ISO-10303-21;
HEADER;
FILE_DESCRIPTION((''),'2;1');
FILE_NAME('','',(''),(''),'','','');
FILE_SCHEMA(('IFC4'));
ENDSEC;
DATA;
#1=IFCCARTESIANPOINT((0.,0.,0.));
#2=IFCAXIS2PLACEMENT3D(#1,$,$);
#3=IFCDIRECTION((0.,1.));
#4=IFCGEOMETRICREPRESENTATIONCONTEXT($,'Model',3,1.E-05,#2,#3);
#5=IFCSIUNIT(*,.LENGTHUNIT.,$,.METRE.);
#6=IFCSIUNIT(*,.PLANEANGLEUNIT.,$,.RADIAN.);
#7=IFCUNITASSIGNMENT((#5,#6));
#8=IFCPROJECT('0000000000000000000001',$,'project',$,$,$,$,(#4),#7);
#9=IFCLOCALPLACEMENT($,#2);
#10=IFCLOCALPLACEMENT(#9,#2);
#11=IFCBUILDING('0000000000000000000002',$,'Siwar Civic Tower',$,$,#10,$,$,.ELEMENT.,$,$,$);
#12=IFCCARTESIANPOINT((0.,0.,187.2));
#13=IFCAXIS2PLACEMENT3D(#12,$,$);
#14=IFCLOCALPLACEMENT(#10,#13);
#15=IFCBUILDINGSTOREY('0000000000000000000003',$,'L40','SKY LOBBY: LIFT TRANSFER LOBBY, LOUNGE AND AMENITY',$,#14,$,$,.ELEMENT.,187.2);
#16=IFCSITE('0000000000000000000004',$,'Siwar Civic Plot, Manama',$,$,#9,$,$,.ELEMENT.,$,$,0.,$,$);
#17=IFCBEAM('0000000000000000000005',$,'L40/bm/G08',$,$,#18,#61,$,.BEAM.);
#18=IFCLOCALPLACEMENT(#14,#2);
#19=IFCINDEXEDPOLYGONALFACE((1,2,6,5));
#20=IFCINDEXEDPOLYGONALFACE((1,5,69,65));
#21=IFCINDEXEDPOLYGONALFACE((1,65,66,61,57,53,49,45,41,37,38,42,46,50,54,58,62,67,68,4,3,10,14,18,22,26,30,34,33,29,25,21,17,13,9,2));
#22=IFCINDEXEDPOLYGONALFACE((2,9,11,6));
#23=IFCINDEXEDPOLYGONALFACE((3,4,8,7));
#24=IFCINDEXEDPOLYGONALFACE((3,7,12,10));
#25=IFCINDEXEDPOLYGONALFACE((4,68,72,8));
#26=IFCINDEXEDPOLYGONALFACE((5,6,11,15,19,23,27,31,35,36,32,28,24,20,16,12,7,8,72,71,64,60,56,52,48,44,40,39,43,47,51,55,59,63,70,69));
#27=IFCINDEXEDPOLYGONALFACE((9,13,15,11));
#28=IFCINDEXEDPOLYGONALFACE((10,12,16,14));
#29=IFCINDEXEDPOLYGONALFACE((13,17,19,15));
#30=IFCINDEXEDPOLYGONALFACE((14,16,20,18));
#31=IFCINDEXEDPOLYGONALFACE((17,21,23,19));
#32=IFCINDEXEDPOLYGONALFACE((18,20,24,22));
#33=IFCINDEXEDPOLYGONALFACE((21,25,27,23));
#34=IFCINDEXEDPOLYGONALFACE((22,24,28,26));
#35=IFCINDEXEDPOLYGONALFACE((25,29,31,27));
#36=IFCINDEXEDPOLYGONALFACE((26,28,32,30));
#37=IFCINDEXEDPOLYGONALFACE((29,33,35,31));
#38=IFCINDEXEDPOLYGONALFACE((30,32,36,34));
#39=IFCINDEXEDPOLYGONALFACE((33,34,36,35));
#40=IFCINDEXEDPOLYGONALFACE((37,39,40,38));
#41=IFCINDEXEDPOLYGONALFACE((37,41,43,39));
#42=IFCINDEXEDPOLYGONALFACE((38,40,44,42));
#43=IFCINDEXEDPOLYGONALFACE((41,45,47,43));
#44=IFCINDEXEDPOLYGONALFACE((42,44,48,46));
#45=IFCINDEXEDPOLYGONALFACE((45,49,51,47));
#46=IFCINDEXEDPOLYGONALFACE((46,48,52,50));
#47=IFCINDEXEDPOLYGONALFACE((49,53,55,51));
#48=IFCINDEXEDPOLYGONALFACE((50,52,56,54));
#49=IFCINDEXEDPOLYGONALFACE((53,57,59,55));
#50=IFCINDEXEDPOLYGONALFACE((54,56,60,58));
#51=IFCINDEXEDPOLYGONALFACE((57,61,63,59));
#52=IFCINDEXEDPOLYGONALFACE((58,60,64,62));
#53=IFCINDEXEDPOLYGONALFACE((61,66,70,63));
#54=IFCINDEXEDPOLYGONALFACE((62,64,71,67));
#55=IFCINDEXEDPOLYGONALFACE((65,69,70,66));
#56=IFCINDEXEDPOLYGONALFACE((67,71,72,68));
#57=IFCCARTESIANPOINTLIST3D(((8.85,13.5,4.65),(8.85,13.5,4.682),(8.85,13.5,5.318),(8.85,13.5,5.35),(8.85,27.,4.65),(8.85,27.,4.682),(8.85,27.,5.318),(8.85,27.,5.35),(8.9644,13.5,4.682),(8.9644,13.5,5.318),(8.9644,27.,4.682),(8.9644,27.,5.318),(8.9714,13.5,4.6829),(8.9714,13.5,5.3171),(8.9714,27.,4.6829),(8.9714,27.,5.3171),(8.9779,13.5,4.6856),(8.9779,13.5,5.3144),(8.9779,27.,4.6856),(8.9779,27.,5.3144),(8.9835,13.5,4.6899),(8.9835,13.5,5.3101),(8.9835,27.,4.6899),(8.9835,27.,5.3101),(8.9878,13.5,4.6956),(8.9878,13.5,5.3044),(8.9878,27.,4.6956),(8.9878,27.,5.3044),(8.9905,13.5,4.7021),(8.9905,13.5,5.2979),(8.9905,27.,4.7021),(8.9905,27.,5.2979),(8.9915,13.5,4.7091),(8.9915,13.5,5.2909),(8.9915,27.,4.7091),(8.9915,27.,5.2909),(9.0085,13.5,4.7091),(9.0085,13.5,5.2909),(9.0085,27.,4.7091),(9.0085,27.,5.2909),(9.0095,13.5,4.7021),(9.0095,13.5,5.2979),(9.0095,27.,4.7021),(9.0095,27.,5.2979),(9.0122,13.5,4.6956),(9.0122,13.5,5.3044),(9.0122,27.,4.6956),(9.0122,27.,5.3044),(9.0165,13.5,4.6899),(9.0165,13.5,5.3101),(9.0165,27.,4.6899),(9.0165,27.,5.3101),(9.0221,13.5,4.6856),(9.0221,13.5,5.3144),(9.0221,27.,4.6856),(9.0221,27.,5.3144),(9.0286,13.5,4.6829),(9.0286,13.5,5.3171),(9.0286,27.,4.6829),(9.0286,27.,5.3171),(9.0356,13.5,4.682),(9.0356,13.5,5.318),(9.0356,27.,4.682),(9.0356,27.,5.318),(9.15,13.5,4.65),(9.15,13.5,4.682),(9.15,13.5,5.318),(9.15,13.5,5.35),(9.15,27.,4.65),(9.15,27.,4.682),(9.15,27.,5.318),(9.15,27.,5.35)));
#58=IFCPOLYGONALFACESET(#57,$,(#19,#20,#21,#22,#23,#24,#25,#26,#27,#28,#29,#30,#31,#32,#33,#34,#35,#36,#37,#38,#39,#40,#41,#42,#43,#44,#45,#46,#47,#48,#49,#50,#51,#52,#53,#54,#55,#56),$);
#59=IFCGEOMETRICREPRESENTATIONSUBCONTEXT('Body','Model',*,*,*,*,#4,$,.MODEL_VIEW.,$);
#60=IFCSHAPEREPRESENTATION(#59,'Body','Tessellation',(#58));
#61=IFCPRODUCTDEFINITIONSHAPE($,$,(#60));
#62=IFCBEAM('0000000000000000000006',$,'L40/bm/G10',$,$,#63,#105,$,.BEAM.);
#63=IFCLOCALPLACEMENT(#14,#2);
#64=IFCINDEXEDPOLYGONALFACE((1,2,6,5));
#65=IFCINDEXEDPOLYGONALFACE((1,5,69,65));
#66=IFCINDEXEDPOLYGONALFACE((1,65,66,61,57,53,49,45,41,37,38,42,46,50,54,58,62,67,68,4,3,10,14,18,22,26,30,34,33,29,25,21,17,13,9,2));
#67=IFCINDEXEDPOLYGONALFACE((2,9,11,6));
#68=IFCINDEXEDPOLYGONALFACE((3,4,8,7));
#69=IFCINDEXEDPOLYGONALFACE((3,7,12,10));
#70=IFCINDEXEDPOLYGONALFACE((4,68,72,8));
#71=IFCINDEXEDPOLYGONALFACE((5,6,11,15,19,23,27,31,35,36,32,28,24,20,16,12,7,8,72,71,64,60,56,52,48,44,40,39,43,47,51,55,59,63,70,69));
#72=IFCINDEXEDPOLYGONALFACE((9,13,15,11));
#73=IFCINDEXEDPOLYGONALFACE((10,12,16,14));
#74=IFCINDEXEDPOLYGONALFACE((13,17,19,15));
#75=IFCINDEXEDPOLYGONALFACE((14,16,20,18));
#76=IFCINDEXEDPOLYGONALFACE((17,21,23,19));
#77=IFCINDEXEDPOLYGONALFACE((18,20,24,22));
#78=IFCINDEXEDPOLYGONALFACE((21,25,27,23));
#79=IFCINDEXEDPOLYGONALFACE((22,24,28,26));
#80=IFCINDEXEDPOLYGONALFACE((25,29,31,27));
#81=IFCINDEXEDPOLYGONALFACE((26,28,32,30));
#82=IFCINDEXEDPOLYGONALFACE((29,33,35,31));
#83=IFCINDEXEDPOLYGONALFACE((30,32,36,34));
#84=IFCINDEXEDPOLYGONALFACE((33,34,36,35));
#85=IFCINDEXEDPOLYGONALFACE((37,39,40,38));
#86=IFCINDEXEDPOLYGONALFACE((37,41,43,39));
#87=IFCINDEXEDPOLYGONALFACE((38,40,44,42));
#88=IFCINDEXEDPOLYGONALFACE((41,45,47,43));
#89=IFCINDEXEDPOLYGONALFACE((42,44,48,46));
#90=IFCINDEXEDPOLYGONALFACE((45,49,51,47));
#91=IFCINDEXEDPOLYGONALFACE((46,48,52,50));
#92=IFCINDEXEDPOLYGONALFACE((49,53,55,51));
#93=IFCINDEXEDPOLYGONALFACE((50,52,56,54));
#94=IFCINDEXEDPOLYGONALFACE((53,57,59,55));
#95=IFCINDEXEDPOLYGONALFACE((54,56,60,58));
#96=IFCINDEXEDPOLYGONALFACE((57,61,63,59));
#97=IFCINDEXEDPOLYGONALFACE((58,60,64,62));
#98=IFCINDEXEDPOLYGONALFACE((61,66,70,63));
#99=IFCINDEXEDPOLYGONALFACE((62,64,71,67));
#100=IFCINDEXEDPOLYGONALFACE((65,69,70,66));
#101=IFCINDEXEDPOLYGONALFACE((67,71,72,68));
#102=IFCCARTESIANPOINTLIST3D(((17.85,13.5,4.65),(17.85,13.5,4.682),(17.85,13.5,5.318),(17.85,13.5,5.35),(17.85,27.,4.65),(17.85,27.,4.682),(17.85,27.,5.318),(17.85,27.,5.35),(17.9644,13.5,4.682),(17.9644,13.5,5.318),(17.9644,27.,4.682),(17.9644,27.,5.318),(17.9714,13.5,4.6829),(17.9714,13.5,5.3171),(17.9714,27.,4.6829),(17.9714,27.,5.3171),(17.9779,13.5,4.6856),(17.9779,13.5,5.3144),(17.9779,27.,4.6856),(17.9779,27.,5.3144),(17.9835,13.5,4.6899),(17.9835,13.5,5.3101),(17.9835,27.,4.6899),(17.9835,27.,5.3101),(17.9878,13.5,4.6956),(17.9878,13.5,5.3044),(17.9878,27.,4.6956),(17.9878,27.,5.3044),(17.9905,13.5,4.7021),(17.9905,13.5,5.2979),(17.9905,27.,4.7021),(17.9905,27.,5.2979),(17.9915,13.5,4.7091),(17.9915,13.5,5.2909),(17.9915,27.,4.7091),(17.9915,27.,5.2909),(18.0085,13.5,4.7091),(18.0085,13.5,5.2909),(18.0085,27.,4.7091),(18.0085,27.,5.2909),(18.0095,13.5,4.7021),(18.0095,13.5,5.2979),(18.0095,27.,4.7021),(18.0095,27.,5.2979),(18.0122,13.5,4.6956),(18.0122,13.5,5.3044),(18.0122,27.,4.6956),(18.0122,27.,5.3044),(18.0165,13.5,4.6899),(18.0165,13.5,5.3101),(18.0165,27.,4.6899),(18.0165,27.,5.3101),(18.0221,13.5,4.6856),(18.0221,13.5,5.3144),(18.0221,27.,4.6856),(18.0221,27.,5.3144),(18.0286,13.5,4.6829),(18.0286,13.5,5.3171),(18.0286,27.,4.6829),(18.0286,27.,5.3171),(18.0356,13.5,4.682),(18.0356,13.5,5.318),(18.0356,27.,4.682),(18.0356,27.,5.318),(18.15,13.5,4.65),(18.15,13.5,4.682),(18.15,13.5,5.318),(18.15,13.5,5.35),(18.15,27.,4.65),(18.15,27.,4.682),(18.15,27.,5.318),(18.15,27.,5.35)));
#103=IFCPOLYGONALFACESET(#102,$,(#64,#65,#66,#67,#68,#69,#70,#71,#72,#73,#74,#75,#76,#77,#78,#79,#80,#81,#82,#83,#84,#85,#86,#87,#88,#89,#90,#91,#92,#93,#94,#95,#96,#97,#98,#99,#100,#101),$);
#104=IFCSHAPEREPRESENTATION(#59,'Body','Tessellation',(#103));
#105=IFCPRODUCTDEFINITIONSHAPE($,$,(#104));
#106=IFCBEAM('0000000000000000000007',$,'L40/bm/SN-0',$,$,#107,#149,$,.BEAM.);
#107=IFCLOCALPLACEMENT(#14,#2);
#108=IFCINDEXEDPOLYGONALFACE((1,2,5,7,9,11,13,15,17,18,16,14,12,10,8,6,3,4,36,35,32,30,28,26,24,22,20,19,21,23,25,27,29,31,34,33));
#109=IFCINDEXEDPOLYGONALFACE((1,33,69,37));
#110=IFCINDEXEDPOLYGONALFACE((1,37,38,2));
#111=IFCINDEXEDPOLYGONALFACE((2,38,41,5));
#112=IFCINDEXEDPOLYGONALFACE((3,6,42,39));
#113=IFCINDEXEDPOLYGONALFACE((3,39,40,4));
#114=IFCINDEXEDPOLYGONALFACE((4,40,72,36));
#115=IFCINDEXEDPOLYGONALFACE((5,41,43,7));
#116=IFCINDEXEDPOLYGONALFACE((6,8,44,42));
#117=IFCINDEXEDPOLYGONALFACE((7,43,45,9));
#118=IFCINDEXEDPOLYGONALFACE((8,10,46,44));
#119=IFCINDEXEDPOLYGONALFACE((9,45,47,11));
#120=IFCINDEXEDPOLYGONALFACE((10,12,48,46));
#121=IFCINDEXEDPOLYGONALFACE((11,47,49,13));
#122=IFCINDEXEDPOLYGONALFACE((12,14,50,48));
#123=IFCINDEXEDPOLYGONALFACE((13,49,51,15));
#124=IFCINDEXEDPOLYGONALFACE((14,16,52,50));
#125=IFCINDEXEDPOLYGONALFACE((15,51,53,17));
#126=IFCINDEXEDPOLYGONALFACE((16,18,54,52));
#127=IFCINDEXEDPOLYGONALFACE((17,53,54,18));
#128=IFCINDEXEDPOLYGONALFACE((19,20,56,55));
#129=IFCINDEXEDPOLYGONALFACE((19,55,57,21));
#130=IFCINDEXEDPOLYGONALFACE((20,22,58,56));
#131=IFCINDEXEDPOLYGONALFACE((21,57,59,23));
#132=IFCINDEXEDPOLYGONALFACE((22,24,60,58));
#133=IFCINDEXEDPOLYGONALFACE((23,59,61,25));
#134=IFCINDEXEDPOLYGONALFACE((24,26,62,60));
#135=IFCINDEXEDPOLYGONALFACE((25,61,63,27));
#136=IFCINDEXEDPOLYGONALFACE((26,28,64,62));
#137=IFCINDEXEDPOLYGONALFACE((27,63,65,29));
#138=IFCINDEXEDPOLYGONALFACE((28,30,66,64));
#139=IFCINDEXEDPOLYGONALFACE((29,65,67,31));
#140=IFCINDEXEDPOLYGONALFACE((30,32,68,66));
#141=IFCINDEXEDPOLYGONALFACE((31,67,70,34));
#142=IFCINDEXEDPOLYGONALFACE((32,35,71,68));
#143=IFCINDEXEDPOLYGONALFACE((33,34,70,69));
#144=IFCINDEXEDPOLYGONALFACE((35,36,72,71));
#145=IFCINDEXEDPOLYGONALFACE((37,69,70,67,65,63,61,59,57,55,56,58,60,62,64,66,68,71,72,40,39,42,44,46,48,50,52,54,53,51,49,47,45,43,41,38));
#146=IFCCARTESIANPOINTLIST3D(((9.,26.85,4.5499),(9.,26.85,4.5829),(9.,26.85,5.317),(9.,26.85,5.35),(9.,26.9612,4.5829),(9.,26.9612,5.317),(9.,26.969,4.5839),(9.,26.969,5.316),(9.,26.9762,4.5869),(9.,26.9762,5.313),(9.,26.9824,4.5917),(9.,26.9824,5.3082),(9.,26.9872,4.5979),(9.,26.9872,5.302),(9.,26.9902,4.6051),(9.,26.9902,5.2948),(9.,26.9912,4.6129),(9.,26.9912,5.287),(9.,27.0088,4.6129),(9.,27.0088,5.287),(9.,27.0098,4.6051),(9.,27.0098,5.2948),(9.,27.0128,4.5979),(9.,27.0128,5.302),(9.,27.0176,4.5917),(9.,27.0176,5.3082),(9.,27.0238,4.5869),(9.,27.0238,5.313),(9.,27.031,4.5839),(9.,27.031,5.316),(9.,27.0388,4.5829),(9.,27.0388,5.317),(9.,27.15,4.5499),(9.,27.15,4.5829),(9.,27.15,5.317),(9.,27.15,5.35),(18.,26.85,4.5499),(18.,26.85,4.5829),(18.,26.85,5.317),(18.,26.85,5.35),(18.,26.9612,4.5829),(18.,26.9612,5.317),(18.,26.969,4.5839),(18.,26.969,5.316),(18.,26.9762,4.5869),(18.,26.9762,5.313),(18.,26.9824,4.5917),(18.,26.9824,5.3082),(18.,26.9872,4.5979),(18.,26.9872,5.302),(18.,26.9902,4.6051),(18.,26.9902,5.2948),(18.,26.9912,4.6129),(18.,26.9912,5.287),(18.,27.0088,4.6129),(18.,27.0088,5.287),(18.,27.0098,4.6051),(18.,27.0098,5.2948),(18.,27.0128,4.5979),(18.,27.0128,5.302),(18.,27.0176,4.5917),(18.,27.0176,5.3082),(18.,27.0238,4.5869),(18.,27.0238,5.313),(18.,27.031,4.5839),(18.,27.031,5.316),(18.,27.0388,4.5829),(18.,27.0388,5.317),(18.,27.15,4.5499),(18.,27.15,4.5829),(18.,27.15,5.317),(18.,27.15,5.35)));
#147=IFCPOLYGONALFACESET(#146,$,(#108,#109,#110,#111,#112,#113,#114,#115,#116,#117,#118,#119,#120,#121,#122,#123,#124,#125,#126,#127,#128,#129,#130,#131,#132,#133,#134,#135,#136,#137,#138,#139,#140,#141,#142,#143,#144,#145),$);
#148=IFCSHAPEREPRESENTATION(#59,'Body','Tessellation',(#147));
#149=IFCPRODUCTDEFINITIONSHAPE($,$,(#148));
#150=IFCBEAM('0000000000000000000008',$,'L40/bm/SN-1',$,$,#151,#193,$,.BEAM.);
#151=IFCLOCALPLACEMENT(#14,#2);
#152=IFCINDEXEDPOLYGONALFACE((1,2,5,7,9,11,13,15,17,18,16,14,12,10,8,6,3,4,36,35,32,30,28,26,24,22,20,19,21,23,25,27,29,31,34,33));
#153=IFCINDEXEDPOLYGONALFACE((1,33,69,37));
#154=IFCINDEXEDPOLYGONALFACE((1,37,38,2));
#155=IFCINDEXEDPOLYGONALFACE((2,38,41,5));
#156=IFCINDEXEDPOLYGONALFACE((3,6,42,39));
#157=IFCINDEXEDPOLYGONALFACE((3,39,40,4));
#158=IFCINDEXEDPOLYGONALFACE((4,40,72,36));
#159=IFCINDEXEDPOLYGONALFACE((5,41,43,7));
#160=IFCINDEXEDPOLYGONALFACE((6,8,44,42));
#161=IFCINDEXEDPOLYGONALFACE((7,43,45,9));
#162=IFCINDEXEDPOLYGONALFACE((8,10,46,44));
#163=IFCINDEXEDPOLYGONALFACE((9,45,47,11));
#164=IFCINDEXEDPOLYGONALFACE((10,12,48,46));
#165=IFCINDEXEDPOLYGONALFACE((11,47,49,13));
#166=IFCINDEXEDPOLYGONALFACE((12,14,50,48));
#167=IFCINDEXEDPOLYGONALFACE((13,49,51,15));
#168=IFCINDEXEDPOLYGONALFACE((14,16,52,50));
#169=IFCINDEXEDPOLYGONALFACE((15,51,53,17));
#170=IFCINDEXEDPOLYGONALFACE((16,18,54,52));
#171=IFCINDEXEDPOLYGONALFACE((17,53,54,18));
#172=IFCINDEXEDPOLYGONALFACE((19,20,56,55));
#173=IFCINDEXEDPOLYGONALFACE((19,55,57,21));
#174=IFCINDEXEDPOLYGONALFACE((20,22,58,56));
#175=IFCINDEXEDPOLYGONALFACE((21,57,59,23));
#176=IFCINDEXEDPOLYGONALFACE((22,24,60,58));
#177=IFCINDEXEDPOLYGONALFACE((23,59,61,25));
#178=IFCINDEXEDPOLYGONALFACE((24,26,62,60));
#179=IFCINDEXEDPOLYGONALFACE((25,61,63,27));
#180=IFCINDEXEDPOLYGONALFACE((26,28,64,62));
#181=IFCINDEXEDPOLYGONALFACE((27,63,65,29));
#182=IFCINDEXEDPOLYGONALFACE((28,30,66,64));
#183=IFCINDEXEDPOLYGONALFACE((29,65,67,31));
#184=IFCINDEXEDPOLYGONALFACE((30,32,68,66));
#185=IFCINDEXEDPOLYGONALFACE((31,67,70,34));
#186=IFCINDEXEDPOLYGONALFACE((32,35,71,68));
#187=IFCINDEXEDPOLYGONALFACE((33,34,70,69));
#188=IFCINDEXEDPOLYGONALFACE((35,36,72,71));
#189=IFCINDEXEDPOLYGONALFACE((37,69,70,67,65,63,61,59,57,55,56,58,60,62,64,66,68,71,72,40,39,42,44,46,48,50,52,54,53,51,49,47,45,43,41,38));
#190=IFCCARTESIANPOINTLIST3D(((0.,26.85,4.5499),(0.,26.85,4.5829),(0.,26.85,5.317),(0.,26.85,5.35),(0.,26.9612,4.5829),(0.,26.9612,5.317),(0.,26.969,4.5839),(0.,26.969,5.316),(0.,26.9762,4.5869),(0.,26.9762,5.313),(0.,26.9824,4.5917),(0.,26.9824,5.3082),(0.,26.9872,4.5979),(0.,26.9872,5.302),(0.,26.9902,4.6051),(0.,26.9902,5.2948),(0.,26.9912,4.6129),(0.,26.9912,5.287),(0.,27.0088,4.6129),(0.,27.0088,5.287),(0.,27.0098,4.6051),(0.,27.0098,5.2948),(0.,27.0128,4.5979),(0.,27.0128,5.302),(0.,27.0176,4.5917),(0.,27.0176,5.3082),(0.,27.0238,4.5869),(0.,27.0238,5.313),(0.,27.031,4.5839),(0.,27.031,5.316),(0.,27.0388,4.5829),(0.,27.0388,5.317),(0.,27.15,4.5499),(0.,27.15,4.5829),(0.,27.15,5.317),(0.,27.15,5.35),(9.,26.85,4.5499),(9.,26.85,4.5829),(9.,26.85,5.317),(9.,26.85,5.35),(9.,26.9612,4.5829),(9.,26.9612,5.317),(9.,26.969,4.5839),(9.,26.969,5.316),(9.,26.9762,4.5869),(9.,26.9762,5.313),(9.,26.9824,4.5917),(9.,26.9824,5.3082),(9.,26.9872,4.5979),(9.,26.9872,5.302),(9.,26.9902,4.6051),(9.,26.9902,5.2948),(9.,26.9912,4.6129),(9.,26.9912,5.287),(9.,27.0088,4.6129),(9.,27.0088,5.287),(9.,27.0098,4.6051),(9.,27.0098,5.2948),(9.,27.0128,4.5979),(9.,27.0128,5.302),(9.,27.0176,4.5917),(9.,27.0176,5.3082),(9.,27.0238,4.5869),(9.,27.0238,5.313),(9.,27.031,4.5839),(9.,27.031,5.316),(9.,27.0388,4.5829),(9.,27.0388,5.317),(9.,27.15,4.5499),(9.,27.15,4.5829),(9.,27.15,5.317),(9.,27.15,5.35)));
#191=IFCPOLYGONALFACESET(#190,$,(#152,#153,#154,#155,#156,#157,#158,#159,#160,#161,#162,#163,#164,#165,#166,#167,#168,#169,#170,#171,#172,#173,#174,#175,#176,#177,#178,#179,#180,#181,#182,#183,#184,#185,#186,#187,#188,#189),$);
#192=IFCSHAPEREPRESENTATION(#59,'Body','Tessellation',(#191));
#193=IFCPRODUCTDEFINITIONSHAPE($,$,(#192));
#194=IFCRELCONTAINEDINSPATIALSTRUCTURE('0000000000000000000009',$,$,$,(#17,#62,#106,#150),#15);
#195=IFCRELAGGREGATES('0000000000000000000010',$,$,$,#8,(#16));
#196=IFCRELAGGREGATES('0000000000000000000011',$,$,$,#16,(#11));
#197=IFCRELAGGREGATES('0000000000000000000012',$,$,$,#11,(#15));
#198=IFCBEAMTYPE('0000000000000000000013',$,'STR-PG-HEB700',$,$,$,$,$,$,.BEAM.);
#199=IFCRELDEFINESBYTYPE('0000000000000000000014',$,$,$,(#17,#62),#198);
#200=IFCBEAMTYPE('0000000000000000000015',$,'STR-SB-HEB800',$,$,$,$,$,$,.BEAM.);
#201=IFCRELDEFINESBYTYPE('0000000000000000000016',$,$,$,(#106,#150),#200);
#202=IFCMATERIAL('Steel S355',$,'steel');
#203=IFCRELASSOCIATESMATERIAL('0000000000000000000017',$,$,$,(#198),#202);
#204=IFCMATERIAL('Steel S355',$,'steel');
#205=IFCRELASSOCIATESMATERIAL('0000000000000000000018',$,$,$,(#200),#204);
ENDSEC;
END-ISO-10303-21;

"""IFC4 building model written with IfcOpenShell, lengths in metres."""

from ifc_helpers import new_model, si_unit, direction, frame, origin, origin_2d, place, context, subcontext, project, spatial, i_section, extrude, material, material_profile, profile_set, type_object, element, save


model = new_model("IFC4")

# Units and contexts
model_context = context("Model", 3, precision=1e-05, world=origin(), true_north=direction((0.0, 1.0)))
body_context = subcontext(model_context, "Body", "Model", "MODEL_VIEW")
ifc_project = project(units=[si_unit("LENGTHUNIT", "METRE"), si_unit("PLANEANGLEUNIT", "RADIAN")], contexts=[model_context])

# Site, building, storey
site_placement = place(None, origin())
site = spatial("IfcSite", under=ifc_project, at=site_placement, Name="Siwar Civic Plot, Manama", CompositionType="ELEMENT", RefElevation=0.0)
building_placement = place(site_placement, origin())
building = spatial("IfcBuilding", under=site, at=building_placement, Name="Siwar Civic Tower", CompositionType="ELEMENT")
storey_placement = place(building_placement, frame((0.0, 0.0, 187.2)))
storey = spatial("IfcBuildingStorey", under=building, at=storey_placement, Name="L40", Description="SKY LOBBY: LIFT TRANSFER LOBBY, LOUNGE AND AMENITY", CompositionType="ELEMENT", Elevation=187.2)

# Beams
ifc_material_1 = material(Name="Steel S355", Category="steel")
ifc_material_profile_1 = material_profile(ifc_material_1, i_section(OverallWidth=0.3, OverallDepth=0.7, WebThickness=0.0171, FlangeThickness=0.032, FilletRadius=0.0271, at=origin_2d()), Name="HEB700")
ifc_profile_set_1 = profile_set([ifc_material_profile_1], Name="Steel S355")
beam_type_1 = type_object("IfcBeamType", Name="STR-PG-HEB700", PredefinedType="BEAM", material=ifc_profile_set_1)
for number, where, z_axis, x_axis, name in (
    (1, (9.0, 13.5, 5.0), (0.0, 1.0, 0.0), (-1.0, 0.0, 0.0), "L40/bm/G08"),
    (2, (18.0, 13.5, 5.0), (0.0, 1.0, 0.0), (-1.0, 0.0, 0.0), "L40/bm/G10"),
):
    element("IfcBeam", number, at=place(storey_placement, frame(where, z_axis=z_axis, x_axis=x_axis)), inside=storey, type_object=beam_type_1, Name=name, PredefinedType="BEAM", context=body_context, shape_type="SweptSolid", body=[
        extrude(i_section(OverallWidth=0.3, OverallDepth=0.7, WebThickness=0.0171, FlangeThickness=0.032, FilletRadius=0.0271, at=origin_2d()), origin(), (0.0, 0.0, 1.0), 13.5),
    ])
ifc_material_2 = material(Name="Steel S355", Category="steel")
ifc_material_profile_2 = material_profile(ifc_material_2, i_section(OverallWidth=0.3, OverallDepth=0.8, WebThickness=0.0176, FlangeThickness=0.033, FilletRadius=0.03, at=origin_2d()), Name="HEB800")
ifc_profile_set_2 = profile_set([ifc_material_profile_2], Name="Steel S355")
beam_type_2 = type_object("IfcBeamType", Name="STR-SB-HEB800", PredefinedType="BEAM", material=ifc_profile_set_2)
for number, where, z_axis, x_axis, name in (
    (3, (18.0, 27.0, 4.95), (-1.0, 0.0, 0.0), (0.0, -1.0, 0.0), "L40/bm/SN-0"),
    (4, (9.0, 27.0, 4.95), (-1.0, 0.0, 0.0), (0.0, -1.0, 0.0), "L40/bm/SN-1"),
):
    element("IfcBeam", number, at=place(storey_placement, frame(where, z_axis=z_axis, x_axis=x_axis)), inside=storey, type_object=beam_type_2, Name=name, PredefinedType="BEAM", context=body_context, shape_type="SweptSolid", body=[
        extrude(i_section(OverallWidth=0.3, OverallDepth=0.8, WebThickness=0.0176, FlangeThickness=0.033, FilletRadius=0.03, at=origin_2d()), origin(), (0.0, 0.0, 1.0), 9.0),
    ])

save(model, "model.ifc")
